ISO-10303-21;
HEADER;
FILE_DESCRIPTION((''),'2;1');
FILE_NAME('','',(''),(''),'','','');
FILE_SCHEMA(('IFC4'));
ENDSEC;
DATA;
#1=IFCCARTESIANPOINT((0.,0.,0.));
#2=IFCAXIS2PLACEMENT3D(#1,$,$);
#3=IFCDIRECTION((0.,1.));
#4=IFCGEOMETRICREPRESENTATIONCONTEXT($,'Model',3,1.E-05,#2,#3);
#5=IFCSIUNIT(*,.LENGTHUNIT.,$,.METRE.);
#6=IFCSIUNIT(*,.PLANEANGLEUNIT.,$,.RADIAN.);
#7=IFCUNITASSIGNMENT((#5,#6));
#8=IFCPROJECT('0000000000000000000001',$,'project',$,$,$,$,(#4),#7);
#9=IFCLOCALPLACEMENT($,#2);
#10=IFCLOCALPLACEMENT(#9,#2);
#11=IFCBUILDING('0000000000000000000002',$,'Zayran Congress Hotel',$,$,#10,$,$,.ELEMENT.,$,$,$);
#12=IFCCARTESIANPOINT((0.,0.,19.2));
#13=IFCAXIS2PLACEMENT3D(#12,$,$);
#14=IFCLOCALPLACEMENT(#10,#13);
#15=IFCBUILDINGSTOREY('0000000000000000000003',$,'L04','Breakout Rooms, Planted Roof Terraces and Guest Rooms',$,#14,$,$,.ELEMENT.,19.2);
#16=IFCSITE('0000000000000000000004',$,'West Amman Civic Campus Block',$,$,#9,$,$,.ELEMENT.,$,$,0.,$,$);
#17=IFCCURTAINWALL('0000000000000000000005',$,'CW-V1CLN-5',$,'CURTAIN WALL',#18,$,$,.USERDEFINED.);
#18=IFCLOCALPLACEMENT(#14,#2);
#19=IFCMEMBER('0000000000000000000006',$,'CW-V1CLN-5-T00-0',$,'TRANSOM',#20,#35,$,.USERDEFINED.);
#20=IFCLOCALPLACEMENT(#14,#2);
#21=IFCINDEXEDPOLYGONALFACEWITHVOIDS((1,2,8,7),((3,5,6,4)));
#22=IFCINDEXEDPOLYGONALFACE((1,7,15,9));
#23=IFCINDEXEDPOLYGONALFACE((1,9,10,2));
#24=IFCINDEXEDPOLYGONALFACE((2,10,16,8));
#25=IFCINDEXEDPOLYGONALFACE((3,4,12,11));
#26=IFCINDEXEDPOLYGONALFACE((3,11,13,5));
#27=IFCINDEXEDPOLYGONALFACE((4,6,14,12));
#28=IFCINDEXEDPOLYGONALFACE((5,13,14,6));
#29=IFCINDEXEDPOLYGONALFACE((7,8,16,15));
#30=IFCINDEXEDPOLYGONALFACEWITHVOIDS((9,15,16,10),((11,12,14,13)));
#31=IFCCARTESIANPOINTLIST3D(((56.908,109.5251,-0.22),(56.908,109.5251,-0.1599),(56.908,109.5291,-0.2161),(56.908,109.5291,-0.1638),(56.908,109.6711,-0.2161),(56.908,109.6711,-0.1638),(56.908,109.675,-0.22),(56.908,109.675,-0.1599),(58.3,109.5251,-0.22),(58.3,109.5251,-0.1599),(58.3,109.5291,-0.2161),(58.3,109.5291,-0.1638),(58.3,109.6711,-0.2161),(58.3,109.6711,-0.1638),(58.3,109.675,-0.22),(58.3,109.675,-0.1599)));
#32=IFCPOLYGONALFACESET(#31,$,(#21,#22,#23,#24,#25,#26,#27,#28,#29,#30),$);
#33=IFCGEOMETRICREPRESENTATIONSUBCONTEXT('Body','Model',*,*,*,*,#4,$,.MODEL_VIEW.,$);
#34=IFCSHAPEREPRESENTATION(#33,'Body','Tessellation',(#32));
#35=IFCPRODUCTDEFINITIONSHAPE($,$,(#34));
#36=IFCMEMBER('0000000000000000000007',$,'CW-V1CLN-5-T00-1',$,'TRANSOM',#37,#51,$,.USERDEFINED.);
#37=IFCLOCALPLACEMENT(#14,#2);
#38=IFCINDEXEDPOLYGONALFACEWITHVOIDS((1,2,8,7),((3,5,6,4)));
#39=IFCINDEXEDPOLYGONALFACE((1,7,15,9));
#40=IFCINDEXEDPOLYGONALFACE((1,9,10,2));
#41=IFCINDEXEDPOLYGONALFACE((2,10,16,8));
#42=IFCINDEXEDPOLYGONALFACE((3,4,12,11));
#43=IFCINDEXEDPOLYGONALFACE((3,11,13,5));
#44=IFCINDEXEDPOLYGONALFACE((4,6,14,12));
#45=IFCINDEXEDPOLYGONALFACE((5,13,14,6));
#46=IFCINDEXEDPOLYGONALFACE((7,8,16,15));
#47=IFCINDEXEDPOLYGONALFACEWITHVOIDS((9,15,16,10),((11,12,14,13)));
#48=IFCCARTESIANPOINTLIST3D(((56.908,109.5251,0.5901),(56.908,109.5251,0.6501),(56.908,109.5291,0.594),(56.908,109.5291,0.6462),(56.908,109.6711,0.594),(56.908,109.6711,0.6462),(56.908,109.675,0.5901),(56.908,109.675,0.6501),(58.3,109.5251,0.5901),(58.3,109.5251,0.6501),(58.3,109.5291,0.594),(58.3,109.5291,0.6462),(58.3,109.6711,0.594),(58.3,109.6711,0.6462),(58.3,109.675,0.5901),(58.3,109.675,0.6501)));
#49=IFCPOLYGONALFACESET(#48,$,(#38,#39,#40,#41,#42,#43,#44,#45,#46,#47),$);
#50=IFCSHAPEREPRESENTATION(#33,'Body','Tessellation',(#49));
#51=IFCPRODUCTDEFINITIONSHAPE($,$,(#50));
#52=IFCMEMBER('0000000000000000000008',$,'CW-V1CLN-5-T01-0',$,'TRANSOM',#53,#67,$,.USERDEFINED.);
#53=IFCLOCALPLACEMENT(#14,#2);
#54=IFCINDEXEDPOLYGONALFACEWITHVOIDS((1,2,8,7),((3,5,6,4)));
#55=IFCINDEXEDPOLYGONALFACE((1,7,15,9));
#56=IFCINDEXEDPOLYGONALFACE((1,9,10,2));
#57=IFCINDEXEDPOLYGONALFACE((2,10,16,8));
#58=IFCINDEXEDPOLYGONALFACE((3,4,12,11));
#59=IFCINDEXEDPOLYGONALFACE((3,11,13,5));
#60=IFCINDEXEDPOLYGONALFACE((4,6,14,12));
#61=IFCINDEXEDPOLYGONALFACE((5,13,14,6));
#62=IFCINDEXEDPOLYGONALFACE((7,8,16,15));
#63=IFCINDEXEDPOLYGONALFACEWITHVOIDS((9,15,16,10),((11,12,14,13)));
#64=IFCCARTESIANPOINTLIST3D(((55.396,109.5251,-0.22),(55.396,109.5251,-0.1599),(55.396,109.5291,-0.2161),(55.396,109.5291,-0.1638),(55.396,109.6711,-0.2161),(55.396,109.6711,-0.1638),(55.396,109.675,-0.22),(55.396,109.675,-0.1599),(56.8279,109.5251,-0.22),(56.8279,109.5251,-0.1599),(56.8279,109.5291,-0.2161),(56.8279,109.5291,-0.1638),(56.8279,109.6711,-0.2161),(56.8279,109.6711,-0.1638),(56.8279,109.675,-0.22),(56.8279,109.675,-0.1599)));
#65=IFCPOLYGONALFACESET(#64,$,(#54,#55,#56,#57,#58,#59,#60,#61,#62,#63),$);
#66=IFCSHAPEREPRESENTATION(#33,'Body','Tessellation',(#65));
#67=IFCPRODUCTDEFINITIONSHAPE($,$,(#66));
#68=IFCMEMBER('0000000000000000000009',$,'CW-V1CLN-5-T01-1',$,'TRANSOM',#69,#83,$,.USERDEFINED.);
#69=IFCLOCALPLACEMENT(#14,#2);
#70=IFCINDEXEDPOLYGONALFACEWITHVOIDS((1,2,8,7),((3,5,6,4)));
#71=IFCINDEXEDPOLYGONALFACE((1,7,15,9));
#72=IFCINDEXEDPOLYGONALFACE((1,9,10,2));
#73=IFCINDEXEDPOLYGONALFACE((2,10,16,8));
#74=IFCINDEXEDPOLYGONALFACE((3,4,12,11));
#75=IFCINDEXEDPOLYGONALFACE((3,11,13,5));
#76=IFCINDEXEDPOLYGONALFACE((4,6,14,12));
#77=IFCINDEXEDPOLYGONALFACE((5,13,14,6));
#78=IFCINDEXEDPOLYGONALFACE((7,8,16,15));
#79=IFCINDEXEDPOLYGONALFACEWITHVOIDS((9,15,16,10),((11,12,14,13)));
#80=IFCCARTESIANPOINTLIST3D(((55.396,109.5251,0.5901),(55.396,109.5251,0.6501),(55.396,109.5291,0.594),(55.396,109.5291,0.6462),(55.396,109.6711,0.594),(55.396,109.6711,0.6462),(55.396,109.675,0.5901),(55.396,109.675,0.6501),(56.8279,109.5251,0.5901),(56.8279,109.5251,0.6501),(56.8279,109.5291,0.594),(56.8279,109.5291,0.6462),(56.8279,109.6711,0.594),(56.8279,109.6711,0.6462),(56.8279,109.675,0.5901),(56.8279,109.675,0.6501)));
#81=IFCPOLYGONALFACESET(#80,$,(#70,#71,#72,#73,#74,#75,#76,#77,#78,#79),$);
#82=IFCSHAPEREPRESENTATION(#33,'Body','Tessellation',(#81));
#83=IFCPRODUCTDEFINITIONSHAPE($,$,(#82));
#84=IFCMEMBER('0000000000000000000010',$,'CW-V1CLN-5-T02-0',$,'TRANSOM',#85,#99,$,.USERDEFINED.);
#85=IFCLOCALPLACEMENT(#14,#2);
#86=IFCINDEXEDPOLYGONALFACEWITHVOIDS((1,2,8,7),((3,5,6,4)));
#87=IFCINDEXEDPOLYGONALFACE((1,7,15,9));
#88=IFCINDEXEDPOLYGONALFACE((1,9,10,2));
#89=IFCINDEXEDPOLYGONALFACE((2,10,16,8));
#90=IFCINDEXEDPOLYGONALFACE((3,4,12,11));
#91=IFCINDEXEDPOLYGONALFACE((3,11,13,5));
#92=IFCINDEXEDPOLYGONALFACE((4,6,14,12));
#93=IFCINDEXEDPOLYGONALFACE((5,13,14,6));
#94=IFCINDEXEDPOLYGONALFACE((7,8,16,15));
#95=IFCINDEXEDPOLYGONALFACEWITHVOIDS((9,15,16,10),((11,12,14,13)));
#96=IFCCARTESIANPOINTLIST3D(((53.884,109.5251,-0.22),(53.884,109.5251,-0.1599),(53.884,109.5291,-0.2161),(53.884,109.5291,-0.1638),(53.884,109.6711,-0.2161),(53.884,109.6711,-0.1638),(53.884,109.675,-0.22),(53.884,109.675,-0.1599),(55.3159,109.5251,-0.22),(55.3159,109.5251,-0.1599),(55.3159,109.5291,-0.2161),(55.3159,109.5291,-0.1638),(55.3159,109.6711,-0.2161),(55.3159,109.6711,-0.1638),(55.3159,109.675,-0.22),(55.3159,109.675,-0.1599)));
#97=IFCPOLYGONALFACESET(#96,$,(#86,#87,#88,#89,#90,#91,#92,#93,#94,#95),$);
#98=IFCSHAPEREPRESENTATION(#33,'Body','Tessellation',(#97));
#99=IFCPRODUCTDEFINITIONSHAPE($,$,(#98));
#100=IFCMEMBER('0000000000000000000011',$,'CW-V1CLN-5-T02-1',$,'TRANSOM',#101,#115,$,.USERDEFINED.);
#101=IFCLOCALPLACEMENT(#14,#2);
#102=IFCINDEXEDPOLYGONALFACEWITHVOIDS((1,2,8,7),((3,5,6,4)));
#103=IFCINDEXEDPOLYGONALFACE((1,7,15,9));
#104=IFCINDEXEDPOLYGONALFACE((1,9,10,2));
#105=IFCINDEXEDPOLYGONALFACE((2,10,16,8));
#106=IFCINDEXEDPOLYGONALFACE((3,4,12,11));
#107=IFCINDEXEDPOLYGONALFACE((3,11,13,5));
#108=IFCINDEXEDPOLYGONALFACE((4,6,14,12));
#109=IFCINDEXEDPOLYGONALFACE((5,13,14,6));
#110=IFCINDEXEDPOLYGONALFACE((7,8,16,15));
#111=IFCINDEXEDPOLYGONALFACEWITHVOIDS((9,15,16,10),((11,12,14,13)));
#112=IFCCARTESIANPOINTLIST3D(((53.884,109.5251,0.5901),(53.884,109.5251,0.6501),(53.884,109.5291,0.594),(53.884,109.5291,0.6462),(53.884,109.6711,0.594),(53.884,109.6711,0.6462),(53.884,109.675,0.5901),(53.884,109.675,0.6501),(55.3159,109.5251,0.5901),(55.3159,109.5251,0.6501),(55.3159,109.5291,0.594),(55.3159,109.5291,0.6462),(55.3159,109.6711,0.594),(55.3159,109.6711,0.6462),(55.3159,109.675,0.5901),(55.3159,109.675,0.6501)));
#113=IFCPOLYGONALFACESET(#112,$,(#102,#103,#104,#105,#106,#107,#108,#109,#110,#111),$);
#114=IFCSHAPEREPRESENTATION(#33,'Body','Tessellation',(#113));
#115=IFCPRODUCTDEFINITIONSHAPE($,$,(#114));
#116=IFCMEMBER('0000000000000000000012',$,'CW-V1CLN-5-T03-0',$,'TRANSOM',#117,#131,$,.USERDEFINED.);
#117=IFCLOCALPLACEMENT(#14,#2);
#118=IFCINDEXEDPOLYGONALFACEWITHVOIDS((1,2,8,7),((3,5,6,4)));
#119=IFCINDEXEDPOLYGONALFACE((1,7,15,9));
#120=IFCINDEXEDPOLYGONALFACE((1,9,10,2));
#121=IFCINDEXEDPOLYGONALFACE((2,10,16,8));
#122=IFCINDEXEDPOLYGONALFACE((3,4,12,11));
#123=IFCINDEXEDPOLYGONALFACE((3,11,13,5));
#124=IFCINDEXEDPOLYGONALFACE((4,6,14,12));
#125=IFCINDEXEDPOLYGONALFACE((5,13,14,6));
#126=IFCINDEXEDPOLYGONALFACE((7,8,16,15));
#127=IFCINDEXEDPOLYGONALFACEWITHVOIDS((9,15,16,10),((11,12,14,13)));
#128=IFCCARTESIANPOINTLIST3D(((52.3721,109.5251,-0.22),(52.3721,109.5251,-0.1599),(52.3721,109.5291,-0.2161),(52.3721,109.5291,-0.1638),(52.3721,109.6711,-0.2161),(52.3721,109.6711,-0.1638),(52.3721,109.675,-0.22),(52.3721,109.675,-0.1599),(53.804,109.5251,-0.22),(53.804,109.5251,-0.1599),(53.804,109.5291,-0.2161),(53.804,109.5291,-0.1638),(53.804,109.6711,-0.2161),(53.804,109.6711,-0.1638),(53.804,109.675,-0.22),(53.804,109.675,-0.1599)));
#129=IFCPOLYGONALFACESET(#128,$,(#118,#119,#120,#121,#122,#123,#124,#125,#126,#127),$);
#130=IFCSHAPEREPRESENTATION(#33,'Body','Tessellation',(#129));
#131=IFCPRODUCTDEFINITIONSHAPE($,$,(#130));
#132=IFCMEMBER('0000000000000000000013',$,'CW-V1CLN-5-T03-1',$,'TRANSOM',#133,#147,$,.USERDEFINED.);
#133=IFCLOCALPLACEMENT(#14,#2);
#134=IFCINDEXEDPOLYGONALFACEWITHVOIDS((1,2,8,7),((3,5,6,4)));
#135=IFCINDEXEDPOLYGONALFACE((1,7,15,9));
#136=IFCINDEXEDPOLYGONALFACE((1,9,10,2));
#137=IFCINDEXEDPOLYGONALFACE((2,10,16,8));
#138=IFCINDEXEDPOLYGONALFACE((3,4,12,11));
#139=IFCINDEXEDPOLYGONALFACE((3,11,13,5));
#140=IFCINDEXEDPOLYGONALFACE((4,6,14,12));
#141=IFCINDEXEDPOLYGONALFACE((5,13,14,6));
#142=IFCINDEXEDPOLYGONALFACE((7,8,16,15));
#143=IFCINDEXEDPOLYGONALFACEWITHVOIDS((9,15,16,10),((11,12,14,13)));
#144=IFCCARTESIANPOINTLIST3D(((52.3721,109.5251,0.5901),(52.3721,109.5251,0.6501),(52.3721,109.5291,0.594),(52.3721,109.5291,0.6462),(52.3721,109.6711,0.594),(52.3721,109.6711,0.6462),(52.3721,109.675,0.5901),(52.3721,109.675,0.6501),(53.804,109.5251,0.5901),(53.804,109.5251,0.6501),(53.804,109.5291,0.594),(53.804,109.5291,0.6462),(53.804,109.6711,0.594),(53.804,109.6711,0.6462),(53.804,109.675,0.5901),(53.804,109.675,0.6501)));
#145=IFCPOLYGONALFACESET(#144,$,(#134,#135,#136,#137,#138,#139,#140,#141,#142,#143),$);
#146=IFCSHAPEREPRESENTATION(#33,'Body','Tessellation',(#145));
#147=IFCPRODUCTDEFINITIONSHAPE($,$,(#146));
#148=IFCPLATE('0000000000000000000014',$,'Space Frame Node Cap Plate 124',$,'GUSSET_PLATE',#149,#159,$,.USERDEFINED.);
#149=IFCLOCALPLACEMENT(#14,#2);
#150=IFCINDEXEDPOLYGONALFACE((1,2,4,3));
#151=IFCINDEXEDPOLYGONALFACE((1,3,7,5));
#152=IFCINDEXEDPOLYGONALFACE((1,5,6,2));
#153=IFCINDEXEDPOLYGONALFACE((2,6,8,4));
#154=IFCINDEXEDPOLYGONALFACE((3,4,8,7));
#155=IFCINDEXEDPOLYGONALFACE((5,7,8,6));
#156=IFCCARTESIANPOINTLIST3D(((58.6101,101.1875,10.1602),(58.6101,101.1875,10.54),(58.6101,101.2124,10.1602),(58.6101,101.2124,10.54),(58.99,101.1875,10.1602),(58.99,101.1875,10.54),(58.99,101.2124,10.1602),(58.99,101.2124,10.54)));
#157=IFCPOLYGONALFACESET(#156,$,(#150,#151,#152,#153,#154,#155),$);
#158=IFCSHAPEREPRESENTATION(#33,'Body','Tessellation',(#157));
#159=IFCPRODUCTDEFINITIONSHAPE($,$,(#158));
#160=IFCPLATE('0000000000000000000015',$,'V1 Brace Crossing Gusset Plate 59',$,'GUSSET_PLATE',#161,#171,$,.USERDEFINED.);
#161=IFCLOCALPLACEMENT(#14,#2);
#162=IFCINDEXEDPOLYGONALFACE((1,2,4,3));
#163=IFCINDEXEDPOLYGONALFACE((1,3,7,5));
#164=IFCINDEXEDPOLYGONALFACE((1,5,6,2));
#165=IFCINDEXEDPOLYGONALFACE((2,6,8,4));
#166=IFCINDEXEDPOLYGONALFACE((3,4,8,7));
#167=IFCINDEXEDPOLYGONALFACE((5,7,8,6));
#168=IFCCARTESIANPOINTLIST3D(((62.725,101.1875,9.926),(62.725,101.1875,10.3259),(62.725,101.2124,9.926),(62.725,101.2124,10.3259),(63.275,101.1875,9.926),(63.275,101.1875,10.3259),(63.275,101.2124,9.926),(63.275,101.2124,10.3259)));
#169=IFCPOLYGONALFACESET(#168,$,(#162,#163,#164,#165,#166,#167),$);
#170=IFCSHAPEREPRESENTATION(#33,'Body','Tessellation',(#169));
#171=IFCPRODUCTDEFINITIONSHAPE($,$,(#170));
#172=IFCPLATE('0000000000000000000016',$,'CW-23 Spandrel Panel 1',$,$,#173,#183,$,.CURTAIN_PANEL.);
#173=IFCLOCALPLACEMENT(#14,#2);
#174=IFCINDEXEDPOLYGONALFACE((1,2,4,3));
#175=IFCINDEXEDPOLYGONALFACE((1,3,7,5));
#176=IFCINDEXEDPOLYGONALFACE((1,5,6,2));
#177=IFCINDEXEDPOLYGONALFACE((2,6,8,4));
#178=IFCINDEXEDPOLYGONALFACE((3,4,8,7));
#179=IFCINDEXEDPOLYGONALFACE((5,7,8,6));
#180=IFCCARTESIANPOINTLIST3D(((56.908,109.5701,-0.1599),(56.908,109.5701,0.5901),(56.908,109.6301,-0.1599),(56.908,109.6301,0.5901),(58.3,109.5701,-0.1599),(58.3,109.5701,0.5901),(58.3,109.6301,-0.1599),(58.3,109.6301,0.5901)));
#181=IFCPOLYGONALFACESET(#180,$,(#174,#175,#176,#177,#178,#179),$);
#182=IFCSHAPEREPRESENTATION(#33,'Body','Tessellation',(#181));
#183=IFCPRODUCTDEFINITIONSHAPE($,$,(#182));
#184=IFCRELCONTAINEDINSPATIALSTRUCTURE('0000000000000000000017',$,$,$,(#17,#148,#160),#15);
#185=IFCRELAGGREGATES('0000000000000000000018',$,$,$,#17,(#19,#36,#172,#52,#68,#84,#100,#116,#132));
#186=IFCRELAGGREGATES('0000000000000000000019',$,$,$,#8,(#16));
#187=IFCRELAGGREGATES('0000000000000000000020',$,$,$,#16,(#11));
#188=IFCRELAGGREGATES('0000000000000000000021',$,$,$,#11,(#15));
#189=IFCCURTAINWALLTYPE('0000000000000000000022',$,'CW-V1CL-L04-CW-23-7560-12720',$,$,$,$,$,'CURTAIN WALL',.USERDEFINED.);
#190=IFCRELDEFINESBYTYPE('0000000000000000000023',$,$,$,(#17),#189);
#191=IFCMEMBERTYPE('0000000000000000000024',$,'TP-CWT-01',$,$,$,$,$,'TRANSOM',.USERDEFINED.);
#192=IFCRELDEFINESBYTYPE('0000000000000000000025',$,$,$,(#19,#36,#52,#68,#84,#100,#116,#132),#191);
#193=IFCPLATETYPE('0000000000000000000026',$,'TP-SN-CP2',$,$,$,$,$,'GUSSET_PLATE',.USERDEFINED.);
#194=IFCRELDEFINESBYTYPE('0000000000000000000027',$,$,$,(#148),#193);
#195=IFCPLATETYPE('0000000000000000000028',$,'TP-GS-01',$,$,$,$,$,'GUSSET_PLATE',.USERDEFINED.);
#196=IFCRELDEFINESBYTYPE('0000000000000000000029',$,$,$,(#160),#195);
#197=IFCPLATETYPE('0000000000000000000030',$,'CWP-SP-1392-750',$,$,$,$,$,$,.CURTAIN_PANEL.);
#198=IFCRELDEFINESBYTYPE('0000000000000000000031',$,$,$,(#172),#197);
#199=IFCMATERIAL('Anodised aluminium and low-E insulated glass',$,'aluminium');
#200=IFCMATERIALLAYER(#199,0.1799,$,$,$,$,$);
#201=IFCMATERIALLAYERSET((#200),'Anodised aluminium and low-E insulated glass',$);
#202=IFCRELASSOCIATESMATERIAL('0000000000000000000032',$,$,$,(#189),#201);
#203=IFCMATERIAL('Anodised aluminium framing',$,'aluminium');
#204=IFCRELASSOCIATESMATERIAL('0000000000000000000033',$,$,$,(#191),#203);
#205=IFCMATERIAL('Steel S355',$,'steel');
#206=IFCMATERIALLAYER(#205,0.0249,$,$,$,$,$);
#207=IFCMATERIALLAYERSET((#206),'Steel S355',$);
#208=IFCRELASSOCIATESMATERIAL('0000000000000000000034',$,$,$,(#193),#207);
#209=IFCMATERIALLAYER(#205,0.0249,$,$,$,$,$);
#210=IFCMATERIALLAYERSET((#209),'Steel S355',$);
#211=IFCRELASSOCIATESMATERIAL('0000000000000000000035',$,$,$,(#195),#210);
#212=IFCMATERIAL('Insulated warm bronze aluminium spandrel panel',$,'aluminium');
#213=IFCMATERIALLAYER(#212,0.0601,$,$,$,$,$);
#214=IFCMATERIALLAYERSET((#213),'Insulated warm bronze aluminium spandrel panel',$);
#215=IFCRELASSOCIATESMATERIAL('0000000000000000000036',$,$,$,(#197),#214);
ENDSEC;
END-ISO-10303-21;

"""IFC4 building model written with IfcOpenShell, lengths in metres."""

from ifc_helpers import new_model, si_unit, direction, frame, origin, origin_2d, place, context, subcontext, project, spatial, rectangle, hollow_rectangle, extrude, material, layer, layer_set, material_profile, profile_set, type_object, element, aggregate, save


model = new_model("IFC4")

# Units and contexts
model_context = context("Model", 3, precision=1e-05, world=origin(), true_north=direction((0.0, 1.0)))
body_context = subcontext(model_context, "Body", "Model", "MODEL_VIEW")
ifc_project = project(units=[si_unit("LENGTHUNIT", "METRE"), si_unit("PLANEANGLEUNIT", "RADIAN")], contexts=[model_context])

# Site, building, storey
site_placement = place(None, origin())
site = spatial("IfcSite", under=ifc_project, at=site_placement, Name="West Amman Civic Campus Block", CompositionType="ELEMENT", RefElevation=0.0)
building_placement = place(site_placement, origin())
building = spatial("IfcBuilding", under=site, at=building_placement, Name="Zayran Congress Hotel", CompositionType="ELEMENT")
storey_placement = place(building_placement, frame((0.0, 0.0, 19.2)))
storey = spatial("IfcBuildingStorey", under=building, at=storey_placement, Name="L04", Description="Breakout Rooms, Planted Roof Terraces and Guest Rooms", CompositionType="ELEMENT", Elevation=19.2)

# Shared definitions
ifc_material_1 = material(Name="Steel S355", Category="steel")

# Curtain wall, members
ifc_material_2 = material(Name="Anodised aluminium and low-E insulated glass", Category="aluminium")
ifc_layer_1 = layer(ifc_material_2, 0.1799)
ifc_layer_set_1 = layer_set([ifc_layer_1], Name="Anodised aluminium and low-E insulated glass")
curtain_wall_type = type_object("IfcCurtainWallType", Name="CW-V1CL-L04-CW-23-7560-12720", ElementType="CURTAIN WALL", PredefinedType="USERDEFINED", material=ifc_layer_set_1)
curtain_wall_placement = place(storey_placement, origin())
curtain_wall = element("IfcCurtainWall", 1, at=curtain_wall_placement, inside=storey, type_object=curtain_wall_type, Name="CW-V1CLN-5", ObjectType="CURTAIN WALL", PredefinedType="USERDEFINED")
ifc_material_3 = material(Name="Anodised aluminium framing", Category="aluminium")
ifc_material_profile_1 = material_profile(ifc_material_3, hollow_rectangle(XDim=0.0601, YDim=0.1499, WallThickness=0.0039, at=origin_2d()), Name="RHS 150x60x4")
ifc_profile_set_1 = profile_set([ifc_material_profile_1], Name="Anodised aluminium framing")
member_type_1 = type_object("IfcMemberType", Name="TP-CWT-01", ElementType="TRANSOM", PredefinedType="USERDEFINED", material=ifc_profile_set_1)
member_1_placement = place(storey_placement, frame((58.3, 109.6001, -0.1899), z_axis=(-1.0, 0.0, 0.0), x_axis=(0.0, 0.0, 1.0)))
member_1 = element("IfcMember", 2, at=member_1_placement, type_object=member_type_1, Name="CW-V1CLN-5-T00-0", ObjectType="TRANSOM", PredefinedType="USERDEFINED", context=body_context, shape_type="SweptSolid", body=[
    extrude(hollow_rectangle(XDim=0.0601, YDim=0.1499, WallThickness=0.0039, at=origin_2d()), origin(), (0.0, 0.0, 1.0), 1.3921),
])
member_2_placement = place(storey_placement, frame((58.3, 109.6001, 0.6201), z_axis=(-1.0, 0.0, 0.0), x_axis=(0.0, 0.0, 1.0)))
member_2 = element("IfcMember", 3, at=member_2_placement, type_object=member_type_1, Name="CW-V1CLN-5-T00-1", ObjectType="TRANSOM", PredefinedType="USERDEFINED", context=body_context, shape_type="SweptSolid", body=[
    extrude(hollow_rectangle(XDim=0.0601, YDim=0.1499, WallThickness=0.0039, at=origin_2d()), origin(), (0.0, 0.0, 1.0), 1.3921),
])
member_3_placement = place(storey_placement, frame((56.8279, 109.6001, -0.1899), z_axis=(-1.0, 0.0, 0.0), x_axis=(0.0, 0.0, 1.0)))
member_3 = element("IfcMember", 4, at=member_3_placement, type_object=member_type_1, Name="CW-V1CLN-5-T01-0", ObjectType="TRANSOM", PredefinedType="USERDEFINED", context=body_context, shape_type="SweptSolid", body=[
    extrude(hollow_rectangle(XDim=0.0601, YDim=0.1499, WallThickness=0.0039, at=origin_2d()), origin(), (0.0, 0.0, 1.0), 1.4319),
])
member_4_placement = place(storey_placement, frame((56.8279, 109.6001, 0.6201), z_axis=(-1.0, 0.0, 0.0), x_axis=(0.0, 0.0, 1.0)))
member_4 = element("IfcMember", 5, at=member_4_placement, type_object=member_type_1, Name="CW-V1CLN-5-T01-1", ObjectType="TRANSOM", PredefinedType="USERDEFINED", context=body_context, shape_type="SweptSolid", body=[
    extrude(hollow_rectangle(XDim=0.0601, YDim=0.1499, WallThickness=0.0039, at=origin_2d()), origin(), (0.0, 0.0, 1.0), 1.4319),
])
member_5_placement = place(storey_placement, frame((55.3159, 109.6001, -0.1899), z_axis=(-1.0, 0.0, 0.0), x_axis=(0.0, 0.0, 1.0)))
member_5 = element("IfcMember", 6, at=member_5_placement, type_object=member_type_1, Name="CW-V1CLN-5-T02-0", ObjectType="TRANSOM", PredefinedType="USERDEFINED", context=body_context, shape_type="SweptSolid", body=[
    extrude(hollow_rectangle(XDim=0.0601, YDim=0.1499, WallThickness=0.0039, at=origin_2d()), origin(), (0.0, 0.0, 1.0), 1.4319),
])
member_6_placement = place(storey_placement, frame((55.3159, 109.6001, 0.6201), z_axis=(-1.0, 0.0, 0.0), x_axis=(0.0, 0.0, 1.0)))
member_6 = element("IfcMember", 7, at=member_6_placement, type_object=member_type_1, Name="CW-V1CLN-5-T02-1", ObjectType="TRANSOM", PredefinedType="USERDEFINED", context=body_context, shape_type="SweptSolid", body=[
    extrude(hollow_rectangle(XDim=0.0601, YDim=0.1499, WallThickness=0.0039, at=origin_2d()), origin(), (0.0, 0.0, 1.0), 1.4319),
])
member_7_placement = place(storey_placement, frame((53.804, 109.6001, -0.1899), z_axis=(-1.0, 0.0, 0.0), x_axis=(0.0, 0.0, 1.0)))
member_7 = element("IfcMember", 8, at=member_7_placement, type_object=member_type_1, Name="CW-V1CLN-5-T03-0", ObjectType="TRANSOM", PredefinedType="USERDEFINED", context=body_context, shape_type="SweptSolid", body=[
    extrude(hollow_rectangle(XDim=0.0601, YDim=0.1499, WallThickness=0.0039, at=origin_2d()), origin(), (0.0, 0.0, 1.0), 1.4319),
])
member_8_placement = place(storey_placement, frame((53.804, 109.6001, 0.6201), z_axis=(-1.0, 0.0, 0.0), x_axis=(0.0, 0.0, 1.0)))
member_8 = element("IfcMember", 9, at=member_8_placement, type_object=member_type_1, Name="CW-V1CLN-5-T03-1", ObjectType="TRANSOM", PredefinedType="USERDEFINED", context=body_context, shape_type="SweptSolid", body=[
    extrude(hollow_rectangle(XDim=0.0601, YDim=0.1499, WallThickness=0.0039, at=origin_2d()), origin(), (0.0, 0.0, 1.0), 1.4319),
])

# Plates
ifc_layer_2 = layer(ifc_material_1, 0.0249)
ifc_layer_set_2 = layer_set([ifc_layer_2], Name="Steel S355")
plate_type_1 = type_object("IfcPlateType", Name="TP-SN-CP2", ElementType="GUSSET_PLATE", PredefinedType="USERDEFINED", material=ifc_layer_set_2)
plate_1_placement = place(storey_placement, frame((58.8, 101.2, 10.1602), z_axis=(0.0, 0.0, 1.0), x_axis=(1.0, 0.0, 0.0)))
element("IfcPlate", 10, at=plate_1_placement, inside=storey, type_object=plate_type_1, Name="Space Frame Node Cap Plate 124", ObjectType="GUSSET_PLATE", PredefinedType="USERDEFINED", context=body_context, shape_type="SweptSolid", body=[
    extrude(rectangle(XDim=0.3799, YDim=0.0249, at=origin_2d()), origin(), (0.0, 0.0, 1.0), 0.3799),
])
ifc_layer_3 = layer(ifc_material_1, 0.0249)
ifc_layer_set_3 = layer_set([ifc_layer_3], Name="Steel S355")
plate_type_2 = type_object("IfcPlateType", Name="TP-GS-01", ElementType="GUSSET_PLATE", PredefinedType="USERDEFINED", material=ifc_layer_set_3)
plate_2_placement = place(storey_placement, frame((63.0, 101.2, 9.926), z_axis=(0.0, 0.0, 1.0), x_axis=(1.0, 0.0, 0.0)))
element("IfcPlate", 11, at=plate_2_placement, inside=storey, type_object=plate_type_2, Name="V1 Brace Crossing Gusset Plate 59", ObjectType="GUSSET_PLATE", PredefinedType="USERDEFINED", context=body_context, shape_type="SweptSolid", body=[
    extrude(rectangle(XDim=0.55, YDim=0.0249, at=origin_2d()), origin(), (0.0, 0.0, 1.0), 0.3999),
])

# Plate
ifc_material_4 = material(Name="Insulated warm bronze aluminium spandrel panel", Category="aluminium")
ifc_layer_4 = layer(ifc_material_4, 0.0601)
ifc_layer_set_4 = layer_set([ifc_layer_4], Name="Insulated warm bronze aluminium spandrel panel")
plate_type_3 = type_object("IfcPlateType", Name="CWP-SP-1392-750", PredefinedType="CURTAIN_PANEL", material=ifc_layer_set_4)
plate_3_placement = place(storey_placement, frame((57.604, 109.6001, -0.1599), z_axis=(0.0, 0.0, 1.0), x_axis=(1.0, 0.0, 0.0)))
plate_3 = element("IfcPlate", 12, at=plate_3_placement, type_object=plate_type_3, Name="CW-23 Spandrel Panel 1", PredefinedType="CURTAIN_PANEL", context=body_context, shape_type="SweptSolid", body=[
    extrude(rectangle(XDim=1.3921, YDim=0.0601, at=origin_2d()), origin(), (0.0, 0.0, 1.0), 0.75),
])
aggregate(curtain_wall, [member_1, member_2, plate_3, member_3, member_4, member_5, member_6, member_7, member_8])

save(model, "model.ifc")
